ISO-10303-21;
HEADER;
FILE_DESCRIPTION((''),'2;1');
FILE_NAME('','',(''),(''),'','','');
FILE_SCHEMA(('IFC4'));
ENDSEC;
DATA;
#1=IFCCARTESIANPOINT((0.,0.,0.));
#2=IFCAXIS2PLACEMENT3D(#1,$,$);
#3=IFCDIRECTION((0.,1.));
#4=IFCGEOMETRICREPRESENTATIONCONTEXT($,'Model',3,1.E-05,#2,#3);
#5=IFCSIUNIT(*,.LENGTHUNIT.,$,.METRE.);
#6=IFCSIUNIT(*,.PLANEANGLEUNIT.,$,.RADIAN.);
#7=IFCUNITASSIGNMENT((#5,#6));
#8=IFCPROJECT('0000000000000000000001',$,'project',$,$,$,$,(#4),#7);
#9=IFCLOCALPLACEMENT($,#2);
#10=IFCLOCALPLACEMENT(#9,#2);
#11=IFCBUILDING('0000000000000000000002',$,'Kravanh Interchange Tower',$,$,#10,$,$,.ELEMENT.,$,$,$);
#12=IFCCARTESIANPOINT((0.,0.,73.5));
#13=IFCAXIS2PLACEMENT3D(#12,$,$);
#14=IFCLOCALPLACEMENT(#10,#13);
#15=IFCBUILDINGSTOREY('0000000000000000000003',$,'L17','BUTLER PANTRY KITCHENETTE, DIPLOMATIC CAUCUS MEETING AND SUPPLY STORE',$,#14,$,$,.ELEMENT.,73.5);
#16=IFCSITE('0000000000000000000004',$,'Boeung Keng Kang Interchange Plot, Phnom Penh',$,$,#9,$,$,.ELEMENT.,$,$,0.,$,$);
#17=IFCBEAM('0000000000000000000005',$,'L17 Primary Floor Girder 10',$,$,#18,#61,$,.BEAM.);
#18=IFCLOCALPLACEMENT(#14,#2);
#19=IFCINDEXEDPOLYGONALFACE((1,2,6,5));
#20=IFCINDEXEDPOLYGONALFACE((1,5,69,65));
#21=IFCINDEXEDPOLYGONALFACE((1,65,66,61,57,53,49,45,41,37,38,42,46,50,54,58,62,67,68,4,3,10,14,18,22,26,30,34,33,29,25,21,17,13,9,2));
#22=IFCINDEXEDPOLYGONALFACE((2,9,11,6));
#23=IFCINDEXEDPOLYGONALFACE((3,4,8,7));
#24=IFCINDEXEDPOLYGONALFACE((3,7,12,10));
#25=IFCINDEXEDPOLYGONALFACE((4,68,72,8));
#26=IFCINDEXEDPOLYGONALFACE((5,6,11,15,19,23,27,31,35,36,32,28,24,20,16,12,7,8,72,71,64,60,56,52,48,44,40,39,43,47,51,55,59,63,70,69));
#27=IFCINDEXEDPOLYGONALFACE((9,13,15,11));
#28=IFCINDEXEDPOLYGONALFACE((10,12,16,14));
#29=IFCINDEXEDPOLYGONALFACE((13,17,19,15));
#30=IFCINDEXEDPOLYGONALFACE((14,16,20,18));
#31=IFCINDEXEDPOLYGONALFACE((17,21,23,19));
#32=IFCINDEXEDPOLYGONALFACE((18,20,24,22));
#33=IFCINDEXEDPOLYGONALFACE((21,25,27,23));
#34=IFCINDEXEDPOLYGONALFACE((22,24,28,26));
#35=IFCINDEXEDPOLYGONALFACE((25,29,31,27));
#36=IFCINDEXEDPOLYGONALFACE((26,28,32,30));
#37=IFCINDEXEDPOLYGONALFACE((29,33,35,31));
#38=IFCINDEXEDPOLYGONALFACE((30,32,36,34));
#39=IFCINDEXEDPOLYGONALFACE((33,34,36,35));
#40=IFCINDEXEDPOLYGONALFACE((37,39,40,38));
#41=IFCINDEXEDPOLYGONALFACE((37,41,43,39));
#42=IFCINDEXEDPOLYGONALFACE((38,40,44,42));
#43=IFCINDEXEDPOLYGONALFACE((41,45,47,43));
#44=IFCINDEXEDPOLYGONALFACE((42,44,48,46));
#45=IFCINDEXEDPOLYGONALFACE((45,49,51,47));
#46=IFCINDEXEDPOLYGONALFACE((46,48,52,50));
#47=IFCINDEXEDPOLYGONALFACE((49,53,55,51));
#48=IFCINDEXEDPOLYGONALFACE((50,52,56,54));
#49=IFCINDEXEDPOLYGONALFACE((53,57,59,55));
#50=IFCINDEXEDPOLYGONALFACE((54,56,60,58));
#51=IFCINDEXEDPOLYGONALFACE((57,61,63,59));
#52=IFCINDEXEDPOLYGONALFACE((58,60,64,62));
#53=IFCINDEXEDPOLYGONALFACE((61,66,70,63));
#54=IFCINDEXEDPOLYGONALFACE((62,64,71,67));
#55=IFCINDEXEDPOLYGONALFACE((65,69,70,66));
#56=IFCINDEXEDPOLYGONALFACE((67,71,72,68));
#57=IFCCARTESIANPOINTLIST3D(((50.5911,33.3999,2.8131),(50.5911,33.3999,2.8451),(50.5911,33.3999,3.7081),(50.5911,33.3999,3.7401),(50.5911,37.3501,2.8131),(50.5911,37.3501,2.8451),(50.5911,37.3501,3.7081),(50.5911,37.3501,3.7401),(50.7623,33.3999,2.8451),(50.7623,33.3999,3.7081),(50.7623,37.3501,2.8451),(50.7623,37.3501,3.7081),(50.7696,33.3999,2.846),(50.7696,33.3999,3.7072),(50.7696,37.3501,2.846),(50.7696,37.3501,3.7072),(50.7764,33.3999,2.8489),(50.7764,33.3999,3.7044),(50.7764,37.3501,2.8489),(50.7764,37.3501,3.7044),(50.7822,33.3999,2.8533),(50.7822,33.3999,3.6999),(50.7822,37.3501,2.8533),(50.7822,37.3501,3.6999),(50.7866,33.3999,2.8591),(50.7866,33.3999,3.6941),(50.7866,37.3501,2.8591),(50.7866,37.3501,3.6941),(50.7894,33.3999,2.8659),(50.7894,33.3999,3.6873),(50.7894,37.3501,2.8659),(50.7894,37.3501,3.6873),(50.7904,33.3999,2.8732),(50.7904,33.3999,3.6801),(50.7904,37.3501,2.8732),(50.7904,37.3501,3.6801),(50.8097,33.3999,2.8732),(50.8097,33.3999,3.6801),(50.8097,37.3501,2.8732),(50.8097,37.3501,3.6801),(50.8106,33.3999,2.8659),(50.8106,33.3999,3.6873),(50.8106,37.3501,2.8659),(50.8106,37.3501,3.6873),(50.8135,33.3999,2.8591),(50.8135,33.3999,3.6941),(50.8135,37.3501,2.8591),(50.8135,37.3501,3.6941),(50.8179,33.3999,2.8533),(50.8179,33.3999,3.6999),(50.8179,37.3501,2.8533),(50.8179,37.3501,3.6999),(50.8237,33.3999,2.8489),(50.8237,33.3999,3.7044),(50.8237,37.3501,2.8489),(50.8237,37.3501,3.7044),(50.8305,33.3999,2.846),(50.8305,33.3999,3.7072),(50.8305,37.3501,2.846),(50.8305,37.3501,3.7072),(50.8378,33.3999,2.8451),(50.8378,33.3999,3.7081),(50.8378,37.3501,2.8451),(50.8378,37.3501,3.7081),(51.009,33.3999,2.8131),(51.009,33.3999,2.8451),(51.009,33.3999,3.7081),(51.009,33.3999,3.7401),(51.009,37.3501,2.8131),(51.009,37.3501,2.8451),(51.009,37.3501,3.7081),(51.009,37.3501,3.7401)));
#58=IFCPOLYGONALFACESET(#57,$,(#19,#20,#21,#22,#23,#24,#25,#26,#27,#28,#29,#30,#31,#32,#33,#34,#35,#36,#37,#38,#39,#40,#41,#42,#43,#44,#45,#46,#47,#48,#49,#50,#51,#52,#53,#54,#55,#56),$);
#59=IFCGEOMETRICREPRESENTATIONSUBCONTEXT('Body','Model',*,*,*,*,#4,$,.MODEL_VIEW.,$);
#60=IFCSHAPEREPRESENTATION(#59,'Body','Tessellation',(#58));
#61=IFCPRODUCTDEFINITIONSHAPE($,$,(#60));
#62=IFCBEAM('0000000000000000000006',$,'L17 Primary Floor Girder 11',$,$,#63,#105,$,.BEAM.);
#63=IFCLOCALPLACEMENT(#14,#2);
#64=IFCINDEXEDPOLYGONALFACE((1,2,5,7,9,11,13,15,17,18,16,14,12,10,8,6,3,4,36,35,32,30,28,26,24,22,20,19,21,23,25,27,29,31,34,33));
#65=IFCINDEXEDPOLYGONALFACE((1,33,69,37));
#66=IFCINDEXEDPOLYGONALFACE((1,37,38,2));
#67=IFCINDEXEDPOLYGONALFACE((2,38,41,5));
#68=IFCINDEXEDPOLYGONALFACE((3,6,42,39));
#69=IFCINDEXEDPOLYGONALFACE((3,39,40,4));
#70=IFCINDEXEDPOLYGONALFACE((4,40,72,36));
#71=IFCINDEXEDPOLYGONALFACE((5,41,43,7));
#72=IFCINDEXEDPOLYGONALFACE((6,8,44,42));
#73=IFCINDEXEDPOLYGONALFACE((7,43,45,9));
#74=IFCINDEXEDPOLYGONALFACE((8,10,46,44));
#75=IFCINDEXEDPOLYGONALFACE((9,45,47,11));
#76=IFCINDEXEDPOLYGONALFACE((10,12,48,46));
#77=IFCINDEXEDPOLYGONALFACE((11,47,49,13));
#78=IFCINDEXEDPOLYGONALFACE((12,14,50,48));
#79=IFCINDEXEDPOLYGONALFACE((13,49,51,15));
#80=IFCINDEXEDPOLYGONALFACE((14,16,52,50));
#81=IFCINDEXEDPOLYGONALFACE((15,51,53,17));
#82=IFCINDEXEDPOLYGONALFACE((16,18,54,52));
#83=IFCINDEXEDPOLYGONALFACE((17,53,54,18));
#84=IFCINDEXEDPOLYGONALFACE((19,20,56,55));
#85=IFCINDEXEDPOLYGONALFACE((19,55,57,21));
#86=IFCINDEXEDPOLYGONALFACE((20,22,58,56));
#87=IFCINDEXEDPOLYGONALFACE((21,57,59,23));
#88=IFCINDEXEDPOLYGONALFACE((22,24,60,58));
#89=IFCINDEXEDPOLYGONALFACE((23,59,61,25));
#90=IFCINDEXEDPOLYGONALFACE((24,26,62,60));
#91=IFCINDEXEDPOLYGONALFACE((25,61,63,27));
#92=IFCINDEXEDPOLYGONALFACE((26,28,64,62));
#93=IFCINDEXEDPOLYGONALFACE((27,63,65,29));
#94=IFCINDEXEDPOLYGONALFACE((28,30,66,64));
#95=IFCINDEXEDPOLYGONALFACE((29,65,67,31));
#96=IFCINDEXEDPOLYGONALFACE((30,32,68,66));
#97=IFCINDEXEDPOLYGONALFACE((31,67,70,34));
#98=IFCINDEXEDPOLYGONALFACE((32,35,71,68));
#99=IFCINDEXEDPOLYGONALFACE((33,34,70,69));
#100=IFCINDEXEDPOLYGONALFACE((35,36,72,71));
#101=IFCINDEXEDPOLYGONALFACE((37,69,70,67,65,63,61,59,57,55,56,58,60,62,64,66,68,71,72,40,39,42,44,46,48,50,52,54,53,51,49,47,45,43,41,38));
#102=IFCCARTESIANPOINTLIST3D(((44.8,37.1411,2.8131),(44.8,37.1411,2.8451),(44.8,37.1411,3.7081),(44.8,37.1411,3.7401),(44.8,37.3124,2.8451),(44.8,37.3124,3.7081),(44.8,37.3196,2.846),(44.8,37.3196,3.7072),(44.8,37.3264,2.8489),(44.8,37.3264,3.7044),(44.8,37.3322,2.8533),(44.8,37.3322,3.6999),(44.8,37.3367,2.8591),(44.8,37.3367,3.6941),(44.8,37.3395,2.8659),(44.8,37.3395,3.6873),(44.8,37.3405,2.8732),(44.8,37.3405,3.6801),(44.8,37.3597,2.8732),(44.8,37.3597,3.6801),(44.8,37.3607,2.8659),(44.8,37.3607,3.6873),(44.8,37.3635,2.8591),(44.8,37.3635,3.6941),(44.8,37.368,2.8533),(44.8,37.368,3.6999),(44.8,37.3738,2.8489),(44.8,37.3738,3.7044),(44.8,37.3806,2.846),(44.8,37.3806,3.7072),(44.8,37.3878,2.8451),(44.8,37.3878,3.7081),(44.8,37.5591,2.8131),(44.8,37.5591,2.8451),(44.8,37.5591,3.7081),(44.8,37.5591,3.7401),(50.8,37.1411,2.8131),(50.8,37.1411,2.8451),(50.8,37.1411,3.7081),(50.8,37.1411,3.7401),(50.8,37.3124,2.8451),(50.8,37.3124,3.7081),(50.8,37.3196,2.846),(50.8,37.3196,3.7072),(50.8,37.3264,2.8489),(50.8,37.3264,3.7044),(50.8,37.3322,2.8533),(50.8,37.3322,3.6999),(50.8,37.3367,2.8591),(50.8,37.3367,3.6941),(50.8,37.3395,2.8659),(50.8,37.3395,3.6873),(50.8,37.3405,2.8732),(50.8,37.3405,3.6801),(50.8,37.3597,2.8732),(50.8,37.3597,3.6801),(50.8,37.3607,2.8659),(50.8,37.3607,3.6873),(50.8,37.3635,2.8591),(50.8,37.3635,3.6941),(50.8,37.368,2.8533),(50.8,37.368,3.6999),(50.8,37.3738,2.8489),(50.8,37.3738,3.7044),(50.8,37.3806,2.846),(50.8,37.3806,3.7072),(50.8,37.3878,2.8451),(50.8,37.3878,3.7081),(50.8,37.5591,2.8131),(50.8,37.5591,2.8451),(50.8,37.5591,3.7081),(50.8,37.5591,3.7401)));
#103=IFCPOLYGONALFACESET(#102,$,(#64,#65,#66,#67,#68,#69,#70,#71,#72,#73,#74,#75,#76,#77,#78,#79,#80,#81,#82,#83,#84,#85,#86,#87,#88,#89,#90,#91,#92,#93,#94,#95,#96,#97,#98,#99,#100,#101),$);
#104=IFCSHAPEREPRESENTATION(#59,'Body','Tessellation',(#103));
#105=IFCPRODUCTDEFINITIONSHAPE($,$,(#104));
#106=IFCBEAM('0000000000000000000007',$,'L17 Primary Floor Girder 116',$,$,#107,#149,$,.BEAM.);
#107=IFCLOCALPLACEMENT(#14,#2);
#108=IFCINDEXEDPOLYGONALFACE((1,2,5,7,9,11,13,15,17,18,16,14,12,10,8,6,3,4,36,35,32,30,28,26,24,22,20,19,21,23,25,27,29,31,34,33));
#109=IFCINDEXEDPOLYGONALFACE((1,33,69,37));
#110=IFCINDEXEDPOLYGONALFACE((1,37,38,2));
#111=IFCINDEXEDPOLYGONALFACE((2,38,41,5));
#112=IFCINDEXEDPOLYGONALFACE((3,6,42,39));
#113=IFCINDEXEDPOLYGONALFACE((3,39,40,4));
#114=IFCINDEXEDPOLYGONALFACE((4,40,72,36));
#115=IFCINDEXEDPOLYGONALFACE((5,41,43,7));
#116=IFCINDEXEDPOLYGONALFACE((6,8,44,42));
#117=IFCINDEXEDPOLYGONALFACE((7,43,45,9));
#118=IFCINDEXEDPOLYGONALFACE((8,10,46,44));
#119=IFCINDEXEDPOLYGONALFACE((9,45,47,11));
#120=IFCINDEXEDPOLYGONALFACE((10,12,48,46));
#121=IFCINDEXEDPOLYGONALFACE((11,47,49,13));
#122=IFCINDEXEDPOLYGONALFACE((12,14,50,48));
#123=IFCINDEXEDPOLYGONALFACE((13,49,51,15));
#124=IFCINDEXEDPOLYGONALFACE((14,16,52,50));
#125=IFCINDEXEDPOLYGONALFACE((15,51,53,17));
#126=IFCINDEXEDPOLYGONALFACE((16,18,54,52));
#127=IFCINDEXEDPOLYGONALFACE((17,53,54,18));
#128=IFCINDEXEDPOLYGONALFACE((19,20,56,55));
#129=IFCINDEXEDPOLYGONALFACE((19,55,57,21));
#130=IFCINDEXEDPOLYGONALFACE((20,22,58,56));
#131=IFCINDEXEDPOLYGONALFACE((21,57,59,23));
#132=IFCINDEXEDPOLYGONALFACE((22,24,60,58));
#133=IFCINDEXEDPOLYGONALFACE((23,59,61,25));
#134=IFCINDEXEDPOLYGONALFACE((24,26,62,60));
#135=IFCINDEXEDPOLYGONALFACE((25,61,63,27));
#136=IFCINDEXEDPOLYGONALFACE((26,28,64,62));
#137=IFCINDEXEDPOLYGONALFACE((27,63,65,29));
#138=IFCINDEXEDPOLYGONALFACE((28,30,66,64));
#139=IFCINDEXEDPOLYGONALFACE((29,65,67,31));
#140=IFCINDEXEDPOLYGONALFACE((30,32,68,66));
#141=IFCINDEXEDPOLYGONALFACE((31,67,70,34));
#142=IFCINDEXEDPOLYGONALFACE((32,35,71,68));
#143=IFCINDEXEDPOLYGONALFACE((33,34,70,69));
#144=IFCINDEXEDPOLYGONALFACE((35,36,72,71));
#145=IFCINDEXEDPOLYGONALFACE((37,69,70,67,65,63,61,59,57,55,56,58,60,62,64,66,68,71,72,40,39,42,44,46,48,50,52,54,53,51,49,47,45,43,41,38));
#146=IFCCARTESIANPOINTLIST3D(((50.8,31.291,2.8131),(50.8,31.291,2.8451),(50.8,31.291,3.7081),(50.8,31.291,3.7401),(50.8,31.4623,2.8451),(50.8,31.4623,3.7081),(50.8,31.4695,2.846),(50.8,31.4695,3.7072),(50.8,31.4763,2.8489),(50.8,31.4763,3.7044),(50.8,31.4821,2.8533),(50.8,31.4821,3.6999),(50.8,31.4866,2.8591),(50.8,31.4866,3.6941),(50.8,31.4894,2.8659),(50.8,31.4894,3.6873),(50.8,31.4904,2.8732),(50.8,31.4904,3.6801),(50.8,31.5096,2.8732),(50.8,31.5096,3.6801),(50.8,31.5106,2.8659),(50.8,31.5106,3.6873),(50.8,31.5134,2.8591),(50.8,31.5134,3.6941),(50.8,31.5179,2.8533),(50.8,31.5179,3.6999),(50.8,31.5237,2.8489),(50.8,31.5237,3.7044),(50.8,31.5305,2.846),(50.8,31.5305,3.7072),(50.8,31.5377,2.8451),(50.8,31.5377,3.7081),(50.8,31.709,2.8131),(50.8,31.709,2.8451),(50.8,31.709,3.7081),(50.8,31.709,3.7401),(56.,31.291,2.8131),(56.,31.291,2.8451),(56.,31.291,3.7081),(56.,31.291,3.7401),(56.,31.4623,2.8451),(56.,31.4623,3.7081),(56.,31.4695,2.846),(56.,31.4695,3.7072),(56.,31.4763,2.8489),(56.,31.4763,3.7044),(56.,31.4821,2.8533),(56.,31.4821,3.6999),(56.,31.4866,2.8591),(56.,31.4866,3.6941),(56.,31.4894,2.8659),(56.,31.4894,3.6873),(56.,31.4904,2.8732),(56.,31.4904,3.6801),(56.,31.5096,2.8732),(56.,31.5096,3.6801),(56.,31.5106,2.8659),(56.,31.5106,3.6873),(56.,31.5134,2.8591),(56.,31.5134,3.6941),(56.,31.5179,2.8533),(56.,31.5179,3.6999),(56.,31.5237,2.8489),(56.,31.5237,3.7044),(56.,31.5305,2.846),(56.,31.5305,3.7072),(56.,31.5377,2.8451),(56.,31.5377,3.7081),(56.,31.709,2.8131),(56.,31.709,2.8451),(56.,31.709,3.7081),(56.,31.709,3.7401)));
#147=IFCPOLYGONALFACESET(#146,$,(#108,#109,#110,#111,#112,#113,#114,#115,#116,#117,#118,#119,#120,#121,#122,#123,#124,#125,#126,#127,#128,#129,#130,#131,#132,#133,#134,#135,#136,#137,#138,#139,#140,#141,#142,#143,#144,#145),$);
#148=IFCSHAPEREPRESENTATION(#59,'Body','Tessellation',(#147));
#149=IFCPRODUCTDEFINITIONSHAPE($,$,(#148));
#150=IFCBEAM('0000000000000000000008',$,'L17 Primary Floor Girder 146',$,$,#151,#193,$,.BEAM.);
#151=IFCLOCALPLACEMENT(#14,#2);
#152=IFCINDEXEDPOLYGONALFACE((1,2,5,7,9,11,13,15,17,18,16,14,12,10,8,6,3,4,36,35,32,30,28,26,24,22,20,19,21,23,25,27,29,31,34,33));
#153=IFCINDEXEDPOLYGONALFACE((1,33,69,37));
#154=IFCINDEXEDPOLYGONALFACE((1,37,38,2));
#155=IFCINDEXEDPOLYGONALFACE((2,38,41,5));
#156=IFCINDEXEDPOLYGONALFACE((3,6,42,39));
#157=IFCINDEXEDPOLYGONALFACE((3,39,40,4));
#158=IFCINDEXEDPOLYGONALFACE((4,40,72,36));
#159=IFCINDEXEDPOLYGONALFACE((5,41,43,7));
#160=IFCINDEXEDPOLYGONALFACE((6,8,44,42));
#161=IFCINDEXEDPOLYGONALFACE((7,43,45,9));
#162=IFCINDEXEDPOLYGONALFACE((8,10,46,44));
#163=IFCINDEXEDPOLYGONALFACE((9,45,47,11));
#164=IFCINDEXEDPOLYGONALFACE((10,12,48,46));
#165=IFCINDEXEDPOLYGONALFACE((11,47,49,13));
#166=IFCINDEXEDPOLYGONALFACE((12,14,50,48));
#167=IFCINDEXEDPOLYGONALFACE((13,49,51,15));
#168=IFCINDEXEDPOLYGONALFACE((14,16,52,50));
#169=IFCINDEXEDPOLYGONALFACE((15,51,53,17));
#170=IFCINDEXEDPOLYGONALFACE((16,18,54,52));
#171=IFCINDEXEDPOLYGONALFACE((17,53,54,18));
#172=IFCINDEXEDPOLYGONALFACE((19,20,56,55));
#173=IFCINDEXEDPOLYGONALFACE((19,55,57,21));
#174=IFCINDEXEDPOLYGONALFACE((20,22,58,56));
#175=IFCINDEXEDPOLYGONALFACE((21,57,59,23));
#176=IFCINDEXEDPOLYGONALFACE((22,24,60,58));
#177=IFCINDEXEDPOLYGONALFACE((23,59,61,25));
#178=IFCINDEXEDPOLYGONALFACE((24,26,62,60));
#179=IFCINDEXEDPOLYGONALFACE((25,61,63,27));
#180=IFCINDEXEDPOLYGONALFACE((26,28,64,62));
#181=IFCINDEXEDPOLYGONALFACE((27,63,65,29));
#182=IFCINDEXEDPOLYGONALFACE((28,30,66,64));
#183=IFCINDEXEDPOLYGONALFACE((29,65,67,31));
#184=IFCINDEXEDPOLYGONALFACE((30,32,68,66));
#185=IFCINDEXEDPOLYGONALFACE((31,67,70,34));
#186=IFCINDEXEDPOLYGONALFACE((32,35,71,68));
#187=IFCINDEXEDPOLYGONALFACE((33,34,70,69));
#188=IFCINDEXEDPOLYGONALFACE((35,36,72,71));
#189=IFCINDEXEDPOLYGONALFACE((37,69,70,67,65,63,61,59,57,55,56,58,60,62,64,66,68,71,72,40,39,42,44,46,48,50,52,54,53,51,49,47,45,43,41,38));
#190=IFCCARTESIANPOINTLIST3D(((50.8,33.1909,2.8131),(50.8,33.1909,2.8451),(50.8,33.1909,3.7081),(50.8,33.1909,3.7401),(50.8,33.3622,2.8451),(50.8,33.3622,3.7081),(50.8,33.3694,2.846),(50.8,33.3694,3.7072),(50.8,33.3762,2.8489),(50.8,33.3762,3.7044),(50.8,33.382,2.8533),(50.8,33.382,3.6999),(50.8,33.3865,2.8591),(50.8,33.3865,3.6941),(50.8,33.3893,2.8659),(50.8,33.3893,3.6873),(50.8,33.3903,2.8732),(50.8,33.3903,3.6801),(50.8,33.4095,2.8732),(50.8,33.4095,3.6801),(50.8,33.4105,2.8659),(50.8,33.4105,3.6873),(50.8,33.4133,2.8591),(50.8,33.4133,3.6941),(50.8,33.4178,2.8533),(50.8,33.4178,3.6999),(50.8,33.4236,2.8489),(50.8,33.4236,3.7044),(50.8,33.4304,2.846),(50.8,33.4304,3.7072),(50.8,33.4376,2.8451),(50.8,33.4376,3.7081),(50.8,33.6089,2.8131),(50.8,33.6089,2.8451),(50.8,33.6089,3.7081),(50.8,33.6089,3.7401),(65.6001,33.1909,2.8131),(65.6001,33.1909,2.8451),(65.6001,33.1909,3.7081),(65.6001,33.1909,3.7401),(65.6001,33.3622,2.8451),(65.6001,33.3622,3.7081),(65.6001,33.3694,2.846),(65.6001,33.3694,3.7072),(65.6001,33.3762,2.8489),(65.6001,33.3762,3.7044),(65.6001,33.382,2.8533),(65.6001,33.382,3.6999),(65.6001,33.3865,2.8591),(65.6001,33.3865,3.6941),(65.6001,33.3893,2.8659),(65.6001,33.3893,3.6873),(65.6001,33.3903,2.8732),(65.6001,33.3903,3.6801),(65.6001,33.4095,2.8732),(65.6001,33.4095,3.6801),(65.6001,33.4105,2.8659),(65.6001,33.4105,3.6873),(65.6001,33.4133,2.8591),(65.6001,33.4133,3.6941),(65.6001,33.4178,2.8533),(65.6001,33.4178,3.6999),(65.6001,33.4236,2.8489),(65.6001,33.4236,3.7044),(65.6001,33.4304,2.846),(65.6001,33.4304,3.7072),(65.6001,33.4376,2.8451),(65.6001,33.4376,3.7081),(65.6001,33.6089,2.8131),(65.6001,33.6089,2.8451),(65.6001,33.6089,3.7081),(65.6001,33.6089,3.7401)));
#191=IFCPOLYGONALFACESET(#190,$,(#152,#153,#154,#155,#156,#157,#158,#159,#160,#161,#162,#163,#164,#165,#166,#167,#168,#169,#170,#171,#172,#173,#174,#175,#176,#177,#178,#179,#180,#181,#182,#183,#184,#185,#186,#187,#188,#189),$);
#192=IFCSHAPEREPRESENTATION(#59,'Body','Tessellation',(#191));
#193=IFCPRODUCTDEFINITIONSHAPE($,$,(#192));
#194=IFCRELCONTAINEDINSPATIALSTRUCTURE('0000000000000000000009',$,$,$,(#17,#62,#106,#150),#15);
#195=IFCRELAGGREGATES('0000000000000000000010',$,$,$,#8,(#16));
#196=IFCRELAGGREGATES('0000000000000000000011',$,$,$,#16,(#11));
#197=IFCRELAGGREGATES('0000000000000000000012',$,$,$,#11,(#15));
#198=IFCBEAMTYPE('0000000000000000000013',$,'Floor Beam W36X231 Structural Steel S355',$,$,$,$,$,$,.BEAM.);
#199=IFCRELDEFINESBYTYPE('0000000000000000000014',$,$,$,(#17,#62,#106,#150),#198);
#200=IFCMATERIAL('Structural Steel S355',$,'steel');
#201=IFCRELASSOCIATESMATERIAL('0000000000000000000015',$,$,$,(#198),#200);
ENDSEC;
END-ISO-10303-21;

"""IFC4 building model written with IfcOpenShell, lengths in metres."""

from ifc_helpers import new_model, si_unit, direction, frame, origin, origin_2d, place, context, subcontext, project, spatial, i_section, extrude, material, material_profile, profile_set, type_object, element, save


model = new_model("IFC4")

# Units and contexts
model_context = context("Model", 3, precision=1e-05, world=origin(), true_north=direction((0.0, 1.0)))
body_context = subcontext(model_context, "Body", "Model", "MODEL_VIEW")
ifc_project = project(units=[si_unit("LENGTHUNIT", "METRE"), si_unit("PLANEANGLEUNIT", "RADIAN")], contexts=[model_context])

# Site, building, storey
site_placement = place(None, origin())
site = spatial("IfcSite", under=ifc_project, at=site_placement, Name="Boeung Keng Kang Interchange Plot, Phnom Penh", CompositionType="ELEMENT", RefElevation=0.0)
building_placement = place(site_placement, origin())
building = spatial("IfcBuilding", under=site, at=building_placement, Name="Kravanh Interchange Tower", CompositionType="ELEMENT")
storey_placement = place(building_placement, frame((0.0, 0.0, 73.5)))
storey = spatial("IfcBuildingStorey", under=building, at=storey_placement, Name="L17", Description="BUTLER PANTRY KITCHENETTE, DIPLOMATIC CAUCUS MEETING AND SUPPLY STORE", CompositionType="ELEMENT", Elevation=73.5)

# Beams
ifc_material_1 = material(Name="Structural Steel S355", Category="steel")
ifc_material_profile_1 = material_profile(ifc_material_1, i_section(OverallWidth=0.418, OverallDepth=0.927, WebThickness=0.0193, FlangeThickness=0.032, FilletRadius=0.0281, at=origin_2d()), Name="W36X231")
ifc_profile_set_1 = profile_set([ifc_material_profile_1], Name="Structural Steel S355")
beam_type_1 = type_object("IfcBeamType", Name="Floor Beam W36X231 Structural Steel S355", PredefinedType="BEAM", material=ifc_profile_set_1)
beam_1_placement = place(storey_placement, frame((50.8, 37.3501, 3.2766), z_axis=(0.0, -1.0, 0.0), x_axis=(1.0, 0.0, 0.0)))
element("IfcBeam", 1, at=beam_1_placement, inside=storey, type_object=beam_type_1, Name="L17 Primary Floor Girder 10", PredefinedType="BEAM", context=body_context, shape_type="SweptSolid", body=[
    extrude(i_section(OverallWidth=0.418, OverallDepth=0.927, WebThickness=0.0193, FlangeThickness=0.032, FilletRadius=0.0281, at=origin_2d()), origin(), (0.0, 0.0, 1.0), 3.9502),
])
beam_2_placement = place(storey_placement, frame((50.8, 37.3501, 3.2766), z_axis=(-1.0, 0.0, 0.0), x_axis=(0.0, -1.0, 0.0)))
element("IfcBeam", 2, at=beam_2_placement, inside=storey, type_object=beam_type_1, Name="L17 Primary Floor Girder 11", PredefinedType="BEAM", context=body_context, shape_type="SweptSolid", body=[
    extrude(i_section(OverallWidth=0.418, OverallDepth=0.927, WebThickness=0.0193, FlangeThickness=0.032, FilletRadius=0.0281, at=origin_2d()), origin(), (0.0, 0.0, 1.0), 6.0),
])
beam_3_placement = place(storey_placement, frame((50.8, 31.5, 3.2766), z_axis=(1.0, 0.0, 0.0), x_axis=(0.0, 1.0, 0.0)))
element("IfcBeam", 3, at=beam_3_placement, inside=storey, type_object=beam_type_1, Name="L17 Primary Floor Girder 116", PredefinedType="BEAM", context=body_context, shape_type="SweptSolid", body=[
    extrude(i_section(OverallWidth=0.418, OverallDepth=0.927, WebThickness=0.0193, FlangeThickness=0.032, FilletRadius=0.0281, at=origin_2d()), origin(), (0.0, 0.0, 1.0), 5.2),
])
beam_4_placement = place(storey_placement, frame((50.8, 33.3999, 3.2766), z_axis=(1.0, 0.0, 0.0), x_axis=(0.0, 1.0, 0.0)))
element("IfcBeam", 4, at=beam_4_placement, inside=storey, type_object=beam_type_1, Name="L17 Primary Floor Girder 146", PredefinedType="BEAM", context=body_context, shape_type="SweptSolid", body=[
    extrude(i_section(OverallWidth=0.418, OverallDepth=0.927, WebThickness=0.0193, FlangeThickness=0.032, FilletRadius=0.0281, at=origin_2d()), origin(), (0.0, 0.0, 1.0), 14.8),
])

save(model, "model.ifc")
